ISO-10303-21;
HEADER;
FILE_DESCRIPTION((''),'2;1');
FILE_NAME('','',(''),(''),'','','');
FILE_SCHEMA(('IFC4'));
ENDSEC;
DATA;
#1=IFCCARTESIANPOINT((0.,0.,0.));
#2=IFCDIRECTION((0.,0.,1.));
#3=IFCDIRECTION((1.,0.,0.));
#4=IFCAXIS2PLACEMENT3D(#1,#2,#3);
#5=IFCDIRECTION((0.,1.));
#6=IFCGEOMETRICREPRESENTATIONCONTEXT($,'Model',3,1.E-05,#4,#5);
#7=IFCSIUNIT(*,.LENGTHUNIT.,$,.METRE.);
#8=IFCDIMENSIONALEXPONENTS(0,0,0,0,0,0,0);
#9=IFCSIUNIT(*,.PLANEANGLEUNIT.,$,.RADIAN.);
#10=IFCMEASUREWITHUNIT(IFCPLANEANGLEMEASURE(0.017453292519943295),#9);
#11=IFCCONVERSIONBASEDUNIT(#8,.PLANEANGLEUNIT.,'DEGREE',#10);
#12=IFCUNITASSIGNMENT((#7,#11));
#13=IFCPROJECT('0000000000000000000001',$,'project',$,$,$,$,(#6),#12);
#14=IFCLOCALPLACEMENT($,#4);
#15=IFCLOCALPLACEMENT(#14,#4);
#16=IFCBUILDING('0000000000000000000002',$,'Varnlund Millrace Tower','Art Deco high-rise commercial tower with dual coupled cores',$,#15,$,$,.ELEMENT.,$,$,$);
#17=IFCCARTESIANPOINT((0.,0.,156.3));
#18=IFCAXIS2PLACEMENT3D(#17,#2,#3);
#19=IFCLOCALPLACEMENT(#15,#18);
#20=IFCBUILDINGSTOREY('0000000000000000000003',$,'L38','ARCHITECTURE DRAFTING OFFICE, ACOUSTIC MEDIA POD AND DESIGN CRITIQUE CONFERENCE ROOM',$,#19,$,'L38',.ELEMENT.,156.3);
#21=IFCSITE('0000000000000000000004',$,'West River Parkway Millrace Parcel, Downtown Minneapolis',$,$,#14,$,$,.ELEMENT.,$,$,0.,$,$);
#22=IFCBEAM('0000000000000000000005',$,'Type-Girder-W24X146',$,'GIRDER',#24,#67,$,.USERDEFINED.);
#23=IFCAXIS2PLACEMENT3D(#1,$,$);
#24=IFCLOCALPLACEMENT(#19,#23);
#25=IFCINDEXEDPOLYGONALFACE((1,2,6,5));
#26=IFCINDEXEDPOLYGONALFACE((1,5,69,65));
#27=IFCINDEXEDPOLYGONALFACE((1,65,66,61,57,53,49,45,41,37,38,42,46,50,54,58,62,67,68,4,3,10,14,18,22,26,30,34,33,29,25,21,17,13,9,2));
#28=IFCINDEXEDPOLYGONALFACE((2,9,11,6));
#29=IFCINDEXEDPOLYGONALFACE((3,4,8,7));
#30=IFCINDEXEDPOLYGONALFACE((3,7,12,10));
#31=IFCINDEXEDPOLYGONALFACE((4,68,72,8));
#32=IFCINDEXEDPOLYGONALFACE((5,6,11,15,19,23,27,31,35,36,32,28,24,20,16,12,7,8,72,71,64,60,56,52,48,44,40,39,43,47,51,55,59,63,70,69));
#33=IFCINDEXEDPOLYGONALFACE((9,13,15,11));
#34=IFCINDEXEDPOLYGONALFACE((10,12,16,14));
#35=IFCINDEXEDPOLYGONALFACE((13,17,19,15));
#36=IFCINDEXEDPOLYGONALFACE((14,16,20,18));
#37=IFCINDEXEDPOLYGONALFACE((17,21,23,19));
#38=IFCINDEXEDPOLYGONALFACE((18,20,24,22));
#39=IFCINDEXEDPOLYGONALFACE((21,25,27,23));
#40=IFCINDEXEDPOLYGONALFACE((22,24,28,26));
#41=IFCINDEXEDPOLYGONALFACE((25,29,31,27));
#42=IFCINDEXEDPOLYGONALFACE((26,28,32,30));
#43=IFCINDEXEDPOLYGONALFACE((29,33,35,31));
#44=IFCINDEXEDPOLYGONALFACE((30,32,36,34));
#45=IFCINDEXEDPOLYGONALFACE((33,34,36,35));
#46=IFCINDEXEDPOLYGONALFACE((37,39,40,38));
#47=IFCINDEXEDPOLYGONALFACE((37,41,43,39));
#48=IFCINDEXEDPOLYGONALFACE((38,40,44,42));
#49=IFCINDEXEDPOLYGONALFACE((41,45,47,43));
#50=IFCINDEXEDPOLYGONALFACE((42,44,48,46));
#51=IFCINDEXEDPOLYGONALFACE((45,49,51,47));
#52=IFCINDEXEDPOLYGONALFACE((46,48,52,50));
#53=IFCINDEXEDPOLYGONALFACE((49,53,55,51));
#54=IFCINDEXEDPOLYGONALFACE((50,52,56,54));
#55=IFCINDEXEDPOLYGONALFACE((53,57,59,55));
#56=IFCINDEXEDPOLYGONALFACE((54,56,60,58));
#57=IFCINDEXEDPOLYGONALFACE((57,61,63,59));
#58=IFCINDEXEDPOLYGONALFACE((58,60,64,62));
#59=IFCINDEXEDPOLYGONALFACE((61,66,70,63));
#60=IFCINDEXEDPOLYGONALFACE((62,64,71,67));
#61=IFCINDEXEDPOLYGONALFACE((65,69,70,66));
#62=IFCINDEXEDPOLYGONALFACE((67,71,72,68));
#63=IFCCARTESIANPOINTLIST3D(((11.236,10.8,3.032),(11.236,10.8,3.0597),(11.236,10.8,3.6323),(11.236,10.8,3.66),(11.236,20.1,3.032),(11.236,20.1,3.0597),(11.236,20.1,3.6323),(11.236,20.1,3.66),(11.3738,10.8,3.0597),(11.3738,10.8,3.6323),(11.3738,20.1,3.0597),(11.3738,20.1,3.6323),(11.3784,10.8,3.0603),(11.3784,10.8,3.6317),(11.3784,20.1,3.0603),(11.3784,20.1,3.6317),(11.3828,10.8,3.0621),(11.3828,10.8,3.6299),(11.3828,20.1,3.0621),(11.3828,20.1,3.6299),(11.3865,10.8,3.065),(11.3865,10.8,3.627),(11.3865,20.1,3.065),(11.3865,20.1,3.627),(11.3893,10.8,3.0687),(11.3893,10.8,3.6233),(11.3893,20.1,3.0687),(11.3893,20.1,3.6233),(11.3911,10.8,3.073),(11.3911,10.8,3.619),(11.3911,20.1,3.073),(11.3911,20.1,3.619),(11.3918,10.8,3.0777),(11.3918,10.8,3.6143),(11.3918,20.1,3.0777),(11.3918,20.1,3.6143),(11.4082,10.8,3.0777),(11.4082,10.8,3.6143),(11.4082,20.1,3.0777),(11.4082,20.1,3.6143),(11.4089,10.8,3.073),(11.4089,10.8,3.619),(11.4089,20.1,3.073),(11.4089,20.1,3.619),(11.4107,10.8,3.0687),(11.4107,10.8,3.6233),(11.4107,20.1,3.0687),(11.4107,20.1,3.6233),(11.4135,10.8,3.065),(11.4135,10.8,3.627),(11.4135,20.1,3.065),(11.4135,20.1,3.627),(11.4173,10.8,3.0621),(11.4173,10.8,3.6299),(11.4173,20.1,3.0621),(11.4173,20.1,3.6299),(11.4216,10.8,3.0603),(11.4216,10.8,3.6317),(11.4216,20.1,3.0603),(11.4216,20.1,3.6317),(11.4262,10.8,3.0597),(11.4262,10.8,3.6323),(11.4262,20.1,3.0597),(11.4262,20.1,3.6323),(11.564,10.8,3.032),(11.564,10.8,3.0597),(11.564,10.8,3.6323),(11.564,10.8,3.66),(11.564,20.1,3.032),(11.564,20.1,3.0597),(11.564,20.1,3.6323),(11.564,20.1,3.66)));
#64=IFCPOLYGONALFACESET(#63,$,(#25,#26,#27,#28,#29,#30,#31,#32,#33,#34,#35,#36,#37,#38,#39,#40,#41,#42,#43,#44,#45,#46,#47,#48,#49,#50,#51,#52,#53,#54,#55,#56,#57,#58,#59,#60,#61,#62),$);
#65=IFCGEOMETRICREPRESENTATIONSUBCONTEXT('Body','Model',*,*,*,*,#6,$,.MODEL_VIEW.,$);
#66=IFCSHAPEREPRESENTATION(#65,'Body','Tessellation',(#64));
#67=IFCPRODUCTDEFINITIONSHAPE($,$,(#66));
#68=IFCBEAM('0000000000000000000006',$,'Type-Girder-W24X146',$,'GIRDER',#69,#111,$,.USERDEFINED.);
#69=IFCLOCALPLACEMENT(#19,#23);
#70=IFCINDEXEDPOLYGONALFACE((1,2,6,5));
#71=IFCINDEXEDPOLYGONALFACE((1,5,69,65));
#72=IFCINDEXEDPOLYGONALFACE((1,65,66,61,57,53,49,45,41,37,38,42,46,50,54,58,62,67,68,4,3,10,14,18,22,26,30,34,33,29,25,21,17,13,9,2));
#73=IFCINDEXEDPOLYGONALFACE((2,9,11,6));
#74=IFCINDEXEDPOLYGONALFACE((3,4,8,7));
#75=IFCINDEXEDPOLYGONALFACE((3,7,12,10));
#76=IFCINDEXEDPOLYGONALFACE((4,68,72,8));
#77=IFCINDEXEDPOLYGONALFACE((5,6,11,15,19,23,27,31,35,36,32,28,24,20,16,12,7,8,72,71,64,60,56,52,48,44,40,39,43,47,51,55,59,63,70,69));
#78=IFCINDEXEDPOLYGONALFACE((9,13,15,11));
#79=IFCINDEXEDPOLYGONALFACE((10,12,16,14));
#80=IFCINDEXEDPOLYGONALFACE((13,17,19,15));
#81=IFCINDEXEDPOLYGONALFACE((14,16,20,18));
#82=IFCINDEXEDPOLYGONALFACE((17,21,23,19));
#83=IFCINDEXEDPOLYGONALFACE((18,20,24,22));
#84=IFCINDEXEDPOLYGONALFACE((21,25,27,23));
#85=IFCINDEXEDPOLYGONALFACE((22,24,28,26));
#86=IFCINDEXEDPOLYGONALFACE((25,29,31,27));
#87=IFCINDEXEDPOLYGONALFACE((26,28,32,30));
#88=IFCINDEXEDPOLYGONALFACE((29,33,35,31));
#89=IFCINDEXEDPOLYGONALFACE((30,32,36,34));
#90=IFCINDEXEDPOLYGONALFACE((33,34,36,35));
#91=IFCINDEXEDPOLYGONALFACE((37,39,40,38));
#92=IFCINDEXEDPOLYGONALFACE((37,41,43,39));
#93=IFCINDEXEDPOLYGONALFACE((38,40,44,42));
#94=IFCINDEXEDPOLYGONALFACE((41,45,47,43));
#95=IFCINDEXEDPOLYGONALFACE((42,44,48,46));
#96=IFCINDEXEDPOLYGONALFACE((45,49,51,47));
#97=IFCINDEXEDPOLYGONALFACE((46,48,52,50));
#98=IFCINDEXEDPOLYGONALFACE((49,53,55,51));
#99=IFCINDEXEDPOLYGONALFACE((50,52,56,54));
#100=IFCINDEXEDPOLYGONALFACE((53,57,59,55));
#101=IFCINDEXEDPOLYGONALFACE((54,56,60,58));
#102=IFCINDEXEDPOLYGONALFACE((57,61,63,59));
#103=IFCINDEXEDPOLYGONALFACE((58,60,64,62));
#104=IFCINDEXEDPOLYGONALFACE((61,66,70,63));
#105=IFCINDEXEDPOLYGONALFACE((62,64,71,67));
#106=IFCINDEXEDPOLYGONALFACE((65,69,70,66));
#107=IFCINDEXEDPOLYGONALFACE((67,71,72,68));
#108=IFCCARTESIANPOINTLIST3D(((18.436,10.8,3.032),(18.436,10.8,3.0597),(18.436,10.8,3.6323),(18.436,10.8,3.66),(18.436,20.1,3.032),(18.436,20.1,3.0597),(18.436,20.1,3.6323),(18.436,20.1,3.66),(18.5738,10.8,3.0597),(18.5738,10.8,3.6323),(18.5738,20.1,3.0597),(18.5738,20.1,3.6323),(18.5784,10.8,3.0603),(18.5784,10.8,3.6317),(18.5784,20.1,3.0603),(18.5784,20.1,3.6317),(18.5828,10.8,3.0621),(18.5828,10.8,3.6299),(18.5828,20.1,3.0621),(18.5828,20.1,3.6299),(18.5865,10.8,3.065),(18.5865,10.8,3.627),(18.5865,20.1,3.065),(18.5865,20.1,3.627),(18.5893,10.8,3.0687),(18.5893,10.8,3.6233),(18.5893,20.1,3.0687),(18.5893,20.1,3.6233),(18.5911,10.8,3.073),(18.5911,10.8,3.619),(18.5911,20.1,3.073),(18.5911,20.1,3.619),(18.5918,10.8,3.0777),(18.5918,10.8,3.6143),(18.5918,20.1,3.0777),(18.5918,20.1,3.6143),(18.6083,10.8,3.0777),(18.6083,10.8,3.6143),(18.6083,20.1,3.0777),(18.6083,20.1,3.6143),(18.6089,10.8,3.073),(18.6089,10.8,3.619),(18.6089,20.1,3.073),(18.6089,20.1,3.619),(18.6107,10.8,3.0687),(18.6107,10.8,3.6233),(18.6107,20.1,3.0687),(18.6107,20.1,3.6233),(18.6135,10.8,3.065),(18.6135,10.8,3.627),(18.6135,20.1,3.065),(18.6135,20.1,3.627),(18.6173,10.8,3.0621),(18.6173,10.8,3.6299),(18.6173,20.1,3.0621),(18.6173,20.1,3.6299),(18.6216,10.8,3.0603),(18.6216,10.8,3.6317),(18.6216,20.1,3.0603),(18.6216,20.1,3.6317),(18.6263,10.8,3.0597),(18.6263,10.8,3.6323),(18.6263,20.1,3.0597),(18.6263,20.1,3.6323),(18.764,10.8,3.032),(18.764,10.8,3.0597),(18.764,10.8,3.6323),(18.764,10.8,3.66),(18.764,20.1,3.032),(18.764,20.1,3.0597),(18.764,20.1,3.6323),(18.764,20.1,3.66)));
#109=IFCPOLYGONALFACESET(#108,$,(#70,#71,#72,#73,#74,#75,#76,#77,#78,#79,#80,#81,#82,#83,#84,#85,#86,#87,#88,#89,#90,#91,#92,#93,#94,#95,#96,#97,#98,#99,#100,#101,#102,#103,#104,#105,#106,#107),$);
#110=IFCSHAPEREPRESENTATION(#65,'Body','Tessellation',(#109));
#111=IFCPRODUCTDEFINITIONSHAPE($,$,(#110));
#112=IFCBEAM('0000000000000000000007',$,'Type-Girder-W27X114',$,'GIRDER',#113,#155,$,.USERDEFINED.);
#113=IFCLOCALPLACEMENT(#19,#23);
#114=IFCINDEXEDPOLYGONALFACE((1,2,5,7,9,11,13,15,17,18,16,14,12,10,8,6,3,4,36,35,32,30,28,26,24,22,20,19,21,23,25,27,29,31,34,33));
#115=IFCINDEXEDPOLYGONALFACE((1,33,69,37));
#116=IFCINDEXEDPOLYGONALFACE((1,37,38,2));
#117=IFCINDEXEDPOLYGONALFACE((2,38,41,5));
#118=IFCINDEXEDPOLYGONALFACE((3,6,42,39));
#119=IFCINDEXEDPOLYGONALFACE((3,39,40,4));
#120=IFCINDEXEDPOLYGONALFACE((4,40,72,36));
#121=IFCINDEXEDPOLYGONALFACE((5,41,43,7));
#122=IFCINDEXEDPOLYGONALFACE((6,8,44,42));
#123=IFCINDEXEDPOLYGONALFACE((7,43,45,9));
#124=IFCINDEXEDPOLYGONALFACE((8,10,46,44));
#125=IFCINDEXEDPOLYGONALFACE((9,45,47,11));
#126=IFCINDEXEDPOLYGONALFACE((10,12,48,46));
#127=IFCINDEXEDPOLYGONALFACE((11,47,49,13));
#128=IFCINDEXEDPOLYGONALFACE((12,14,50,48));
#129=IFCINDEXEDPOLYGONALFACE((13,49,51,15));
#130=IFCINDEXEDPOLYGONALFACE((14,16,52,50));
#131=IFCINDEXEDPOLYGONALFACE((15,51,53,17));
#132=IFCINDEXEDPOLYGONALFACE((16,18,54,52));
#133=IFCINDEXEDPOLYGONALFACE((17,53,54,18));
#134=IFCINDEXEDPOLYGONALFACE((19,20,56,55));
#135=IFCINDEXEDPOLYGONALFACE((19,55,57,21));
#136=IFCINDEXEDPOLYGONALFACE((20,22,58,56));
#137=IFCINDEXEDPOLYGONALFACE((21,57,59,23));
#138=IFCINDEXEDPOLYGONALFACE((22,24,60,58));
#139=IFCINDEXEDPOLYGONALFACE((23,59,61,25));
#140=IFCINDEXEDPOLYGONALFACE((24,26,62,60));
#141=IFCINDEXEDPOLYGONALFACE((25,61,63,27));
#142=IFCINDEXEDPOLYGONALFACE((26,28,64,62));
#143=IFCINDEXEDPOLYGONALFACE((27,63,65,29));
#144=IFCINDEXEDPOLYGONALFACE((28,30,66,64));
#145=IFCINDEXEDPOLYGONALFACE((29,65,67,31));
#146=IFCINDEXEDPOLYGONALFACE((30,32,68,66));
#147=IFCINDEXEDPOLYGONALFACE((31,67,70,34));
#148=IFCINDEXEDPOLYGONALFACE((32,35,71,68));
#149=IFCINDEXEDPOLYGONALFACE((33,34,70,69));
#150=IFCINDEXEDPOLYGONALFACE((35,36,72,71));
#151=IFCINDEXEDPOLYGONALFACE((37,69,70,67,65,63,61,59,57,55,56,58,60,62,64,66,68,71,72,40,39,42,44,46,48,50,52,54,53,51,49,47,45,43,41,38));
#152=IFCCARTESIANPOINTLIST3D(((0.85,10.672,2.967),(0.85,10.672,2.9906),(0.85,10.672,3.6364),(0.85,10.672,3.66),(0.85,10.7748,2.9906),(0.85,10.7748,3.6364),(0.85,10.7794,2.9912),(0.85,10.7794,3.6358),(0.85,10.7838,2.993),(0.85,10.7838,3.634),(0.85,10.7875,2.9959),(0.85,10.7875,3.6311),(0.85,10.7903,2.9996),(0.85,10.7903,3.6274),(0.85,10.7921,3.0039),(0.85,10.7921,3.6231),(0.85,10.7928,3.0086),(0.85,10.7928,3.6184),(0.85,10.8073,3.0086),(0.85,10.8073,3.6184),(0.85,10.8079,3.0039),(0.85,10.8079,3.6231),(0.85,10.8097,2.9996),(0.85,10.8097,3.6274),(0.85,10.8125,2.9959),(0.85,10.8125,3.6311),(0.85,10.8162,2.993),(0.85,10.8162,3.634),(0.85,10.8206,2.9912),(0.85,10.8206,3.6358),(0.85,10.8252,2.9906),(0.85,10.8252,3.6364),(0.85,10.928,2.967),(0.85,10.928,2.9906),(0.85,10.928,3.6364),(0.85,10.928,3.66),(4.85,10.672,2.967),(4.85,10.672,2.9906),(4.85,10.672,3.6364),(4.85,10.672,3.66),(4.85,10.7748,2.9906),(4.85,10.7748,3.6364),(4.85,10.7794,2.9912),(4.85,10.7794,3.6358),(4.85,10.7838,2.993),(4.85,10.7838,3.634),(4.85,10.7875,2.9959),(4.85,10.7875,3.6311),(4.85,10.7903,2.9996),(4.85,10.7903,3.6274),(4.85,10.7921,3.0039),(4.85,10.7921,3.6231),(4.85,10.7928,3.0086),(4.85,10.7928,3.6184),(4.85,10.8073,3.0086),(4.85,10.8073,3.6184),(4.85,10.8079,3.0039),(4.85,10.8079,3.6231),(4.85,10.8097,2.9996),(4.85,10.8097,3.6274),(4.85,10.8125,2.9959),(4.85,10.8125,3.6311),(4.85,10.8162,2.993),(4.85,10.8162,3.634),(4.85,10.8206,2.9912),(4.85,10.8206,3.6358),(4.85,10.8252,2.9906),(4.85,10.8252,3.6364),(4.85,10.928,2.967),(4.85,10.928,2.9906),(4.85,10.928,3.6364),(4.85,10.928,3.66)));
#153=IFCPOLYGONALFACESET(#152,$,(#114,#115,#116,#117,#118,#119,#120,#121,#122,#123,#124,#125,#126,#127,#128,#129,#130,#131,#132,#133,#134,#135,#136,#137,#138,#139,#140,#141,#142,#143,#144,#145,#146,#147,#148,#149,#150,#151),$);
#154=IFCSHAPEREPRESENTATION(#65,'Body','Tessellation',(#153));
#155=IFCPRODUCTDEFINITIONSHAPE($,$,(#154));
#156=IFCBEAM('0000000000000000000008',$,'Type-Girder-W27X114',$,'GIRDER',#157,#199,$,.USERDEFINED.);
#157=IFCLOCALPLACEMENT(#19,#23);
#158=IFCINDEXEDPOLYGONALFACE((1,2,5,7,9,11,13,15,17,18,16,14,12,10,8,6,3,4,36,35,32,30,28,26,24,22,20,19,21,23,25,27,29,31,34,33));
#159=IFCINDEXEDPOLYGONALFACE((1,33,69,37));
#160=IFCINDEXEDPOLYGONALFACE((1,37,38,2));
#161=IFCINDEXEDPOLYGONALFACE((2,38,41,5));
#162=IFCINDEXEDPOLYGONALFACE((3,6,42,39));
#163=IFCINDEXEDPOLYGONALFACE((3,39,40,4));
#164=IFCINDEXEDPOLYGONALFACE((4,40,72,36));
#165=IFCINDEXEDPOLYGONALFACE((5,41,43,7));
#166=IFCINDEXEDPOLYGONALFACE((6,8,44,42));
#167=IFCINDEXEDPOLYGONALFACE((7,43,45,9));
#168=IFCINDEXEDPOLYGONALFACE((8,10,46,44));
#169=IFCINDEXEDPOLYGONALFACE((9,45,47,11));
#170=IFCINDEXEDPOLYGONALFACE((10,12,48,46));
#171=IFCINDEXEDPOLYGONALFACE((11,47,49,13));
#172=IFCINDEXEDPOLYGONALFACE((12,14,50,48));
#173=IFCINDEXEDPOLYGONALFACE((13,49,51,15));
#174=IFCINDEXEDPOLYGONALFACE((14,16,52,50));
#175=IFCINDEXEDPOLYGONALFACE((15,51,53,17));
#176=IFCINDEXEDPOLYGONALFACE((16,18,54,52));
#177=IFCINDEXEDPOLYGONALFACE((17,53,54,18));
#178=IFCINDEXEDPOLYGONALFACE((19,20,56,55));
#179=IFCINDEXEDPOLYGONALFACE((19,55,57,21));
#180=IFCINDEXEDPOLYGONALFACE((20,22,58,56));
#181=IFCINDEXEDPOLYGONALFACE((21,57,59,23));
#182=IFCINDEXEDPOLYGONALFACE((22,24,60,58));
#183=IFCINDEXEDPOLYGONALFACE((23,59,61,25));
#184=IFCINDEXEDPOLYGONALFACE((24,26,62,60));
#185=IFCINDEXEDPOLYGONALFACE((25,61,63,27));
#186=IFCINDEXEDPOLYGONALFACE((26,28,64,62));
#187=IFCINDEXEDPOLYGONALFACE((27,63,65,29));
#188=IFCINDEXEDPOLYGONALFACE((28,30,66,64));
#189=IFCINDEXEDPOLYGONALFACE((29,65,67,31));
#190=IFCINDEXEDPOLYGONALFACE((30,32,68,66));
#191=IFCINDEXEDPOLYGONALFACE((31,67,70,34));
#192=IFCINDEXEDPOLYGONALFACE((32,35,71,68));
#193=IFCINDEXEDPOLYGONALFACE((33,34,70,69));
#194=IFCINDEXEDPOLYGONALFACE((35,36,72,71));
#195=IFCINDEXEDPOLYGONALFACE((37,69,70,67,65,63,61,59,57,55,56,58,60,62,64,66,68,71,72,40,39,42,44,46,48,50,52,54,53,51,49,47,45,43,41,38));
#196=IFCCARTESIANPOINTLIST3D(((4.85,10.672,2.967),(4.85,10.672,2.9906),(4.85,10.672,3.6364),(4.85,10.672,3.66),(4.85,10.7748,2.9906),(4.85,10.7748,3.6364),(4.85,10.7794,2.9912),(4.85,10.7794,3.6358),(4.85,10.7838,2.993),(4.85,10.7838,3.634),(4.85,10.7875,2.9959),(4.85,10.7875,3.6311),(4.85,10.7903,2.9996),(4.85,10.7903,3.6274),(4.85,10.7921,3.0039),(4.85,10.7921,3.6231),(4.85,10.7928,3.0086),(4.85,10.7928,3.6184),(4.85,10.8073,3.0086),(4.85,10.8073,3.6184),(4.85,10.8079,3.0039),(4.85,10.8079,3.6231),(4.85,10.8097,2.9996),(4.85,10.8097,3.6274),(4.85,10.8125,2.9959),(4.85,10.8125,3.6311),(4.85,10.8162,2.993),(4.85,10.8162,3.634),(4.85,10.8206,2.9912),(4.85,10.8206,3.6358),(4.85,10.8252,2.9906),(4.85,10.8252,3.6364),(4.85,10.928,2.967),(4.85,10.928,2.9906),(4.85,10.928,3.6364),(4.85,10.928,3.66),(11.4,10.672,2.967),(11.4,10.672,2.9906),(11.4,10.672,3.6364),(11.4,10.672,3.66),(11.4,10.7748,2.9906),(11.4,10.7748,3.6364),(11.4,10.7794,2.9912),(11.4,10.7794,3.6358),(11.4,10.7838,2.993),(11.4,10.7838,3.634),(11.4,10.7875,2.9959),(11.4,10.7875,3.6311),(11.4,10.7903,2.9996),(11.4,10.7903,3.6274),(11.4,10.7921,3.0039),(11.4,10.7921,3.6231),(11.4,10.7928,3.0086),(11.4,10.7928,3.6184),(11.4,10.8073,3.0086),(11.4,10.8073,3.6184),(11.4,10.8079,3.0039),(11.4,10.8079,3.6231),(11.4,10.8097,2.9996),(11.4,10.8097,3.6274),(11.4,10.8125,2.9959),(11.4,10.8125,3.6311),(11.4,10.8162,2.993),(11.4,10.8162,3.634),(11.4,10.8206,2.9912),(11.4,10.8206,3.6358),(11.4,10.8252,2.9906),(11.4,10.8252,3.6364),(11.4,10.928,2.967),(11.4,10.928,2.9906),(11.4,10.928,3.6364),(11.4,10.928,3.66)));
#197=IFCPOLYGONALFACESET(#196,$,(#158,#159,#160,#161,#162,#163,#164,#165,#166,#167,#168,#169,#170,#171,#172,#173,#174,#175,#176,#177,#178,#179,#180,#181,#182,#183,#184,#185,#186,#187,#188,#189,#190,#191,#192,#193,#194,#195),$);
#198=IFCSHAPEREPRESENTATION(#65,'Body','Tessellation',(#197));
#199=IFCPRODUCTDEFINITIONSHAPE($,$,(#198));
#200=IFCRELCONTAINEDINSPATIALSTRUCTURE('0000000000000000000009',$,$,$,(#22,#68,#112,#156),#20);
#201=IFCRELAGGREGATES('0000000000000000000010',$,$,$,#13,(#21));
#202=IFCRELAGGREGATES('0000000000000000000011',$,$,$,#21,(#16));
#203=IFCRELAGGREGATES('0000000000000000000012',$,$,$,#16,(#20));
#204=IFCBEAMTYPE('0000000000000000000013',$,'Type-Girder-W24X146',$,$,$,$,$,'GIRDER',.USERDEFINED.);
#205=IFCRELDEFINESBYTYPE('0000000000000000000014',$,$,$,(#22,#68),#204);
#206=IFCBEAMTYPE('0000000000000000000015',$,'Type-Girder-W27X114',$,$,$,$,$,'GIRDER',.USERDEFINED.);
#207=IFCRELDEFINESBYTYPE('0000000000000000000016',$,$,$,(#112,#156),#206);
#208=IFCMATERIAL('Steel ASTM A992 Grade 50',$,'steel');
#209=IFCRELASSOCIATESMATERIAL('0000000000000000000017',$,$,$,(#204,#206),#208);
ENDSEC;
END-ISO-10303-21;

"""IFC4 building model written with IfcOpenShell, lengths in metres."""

from ifc_helpers import new_model, entity, si_unit, converted_unit, direction, frame, origin_with_axes, origin_2d_with_axis, place, context, subcontext, project, spatial, i_section, extrude, material, material_profile, profile_set, type_object, element, save


model = new_model("IFC4")

# Units and contexts
model_context = context("Model", 3, precision=1e-05, world=origin_with_axes(), true_north=direction((0.0, 1.0)))
body_context = subcontext(model_context, "Body", "Model", "MODEL_VIEW")
ifc_project = project(units=[si_unit("LENGTHUNIT", "METRE"), converted_unit("PLANEANGLEUNIT", "DEGREE", entity("IfcPlaneAngleMeasure", 0.017453292519943295), si_unit("PLANEANGLEUNIT", "RADIAN"), dimensions=[0, 0, 0, 0, 0, 0, 0])], contexts=[model_context])

# Site, building, storey
site_placement = place(None, origin_with_axes())
site = spatial("IfcSite", under=ifc_project, at=site_placement, Name="West River Parkway Millrace Parcel, Downtown Minneapolis", CompositionType="ELEMENT", RefElevation=0.0)
building_placement = place(site_placement, origin_with_axes())
building = spatial("IfcBuilding", under=site, at=building_placement, Name="Varnlund Millrace Tower", Description="Art Deco high-rise commercial tower with dual coupled cores", CompositionType="ELEMENT")
storey_placement = place(building_placement, frame((0.0, 0.0, 156.3), z_axis=(0.0, 0.0, 1.0), x_axis=(1.0, 0.0, 0.0)))
storey = spatial("IfcBuildingStorey", under=building, at=storey_placement, Name="L38", Description="ARCHITECTURE DRAFTING OFFICE, ACOUSTIC MEDIA POD AND DESIGN CRITIQUE CONFERENCE ROOM", LongName="L38", CompositionType="ELEMENT", Elevation=156.3)

# Beams
ifc_material_1 = material(Name="Steel ASTM A992 Grade 50", Category="steel")
ifc_material_profile_1 = material_profile(ifc_material_1, i_section(OverallWidth=0.328, OverallDepth=0.628, WebThickness=0.0165, FlangeThickness=0.0277, FilletRadius=0.018, at=origin_2d_with_axis()), Name="Steel ASTM A992 Grade 50")
ifc_profile_set_1 = profile_set([ifc_material_profile_1], Name="Steel ASTM A992 Grade 50")
beam_type_1 = type_object("IfcBeamType", Name="Type-Girder-W24X146", ElementType="GIRDER", PredefinedType="USERDEFINED", material=ifc_profile_set_1)
for number, where, z_axis, x_axis, name in (
    (1, (11.4, 10.8, 3.346), (0.0, 1.0, 0.0), (-1.0, 0.0, 0.0), "Type-Girder-W24X146"),
    (2, (18.6, 10.8, 3.346), (0.0, 1.0, 0.0), (-1.0, 0.0, 0.0), "Type-Girder-W24X146"),
):
    element("IfcBeam", number, at=place(storey_placement, frame(where, z_axis=z_axis, x_axis=x_axis)), inside=storey, type_object=beam_type_1, Name=name, ObjectType="GIRDER", PredefinedType="USERDEFINED", context=body_context, shape_type="SweptSolid", body=[
        extrude(i_section(OverallWidth=0.328, OverallDepth=0.628, WebThickness=0.0165, FlangeThickness=0.0277, FilletRadius=0.018, at=origin_2d_with_axis()), origin_with_axes(), (0.0, 0.0, 1.0), 9.3),
    ])
ifc_material_profile_2 = material_profile(ifc_material_1, i_section(OverallWidth=0.256, OverallDepth=0.693, WebThickness=0.0145, FlangeThickness=0.0236, FilletRadius=0.018, at=origin_2d_with_axis()), Name="Steel ASTM A992 Grade 50")
ifc_profile_set_2 = profile_set([ifc_material_profile_2], Name="Steel ASTM A992 Grade 50")
beam_type_2 = type_object("IfcBeamType", Name="Type-Girder-W27X114", ElementType="GIRDER", PredefinedType="USERDEFINED", material=ifc_profile_set_2)
beam_1_placement = place(storey_placement, frame((0.85, 10.8, 3.3135), z_axis=(1.0, 0.0, 0.0), x_axis=(0.0, 1.0, 0.0)))
element("IfcBeam", 3, at=beam_1_placement, inside=storey, type_object=beam_type_2, Name="Type-Girder-W27X114", ObjectType="GIRDER", PredefinedType="USERDEFINED", context=body_context, shape_type="SweptSolid", body=[
    extrude(i_section(OverallWidth=0.256, OverallDepth=0.693, WebThickness=0.0145, FlangeThickness=0.0236, FilletRadius=0.018, at=origin_2d_with_axis()), origin_with_axes(), (0.0, 0.0, 1.0), 4.0),
])
beam_2_placement = place(storey_placement, frame((4.85, 10.8, 3.3135), z_axis=(1.0, 0.0, 0.0), x_axis=(0.0, 1.0, 0.0)))
element("IfcBeam", 4, at=beam_2_placement, inside=storey, type_object=beam_type_2, Name="Type-Girder-W27X114", ObjectType="GIRDER", PredefinedType="USERDEFINED", context=body_context, shape_type="SweptSolid", body=[
    extrude(i_section(OverallWidth=0.256, OverallDepth=0.693, WebThickness=0.0145, FlangeThickness=0.0236, FilletRadius=0.018, at=origin_2d_with_axis()), origin_with_axes(), (0.0, 0.0, 1.0), 6.55),
])

save(model, "model.ifc")
